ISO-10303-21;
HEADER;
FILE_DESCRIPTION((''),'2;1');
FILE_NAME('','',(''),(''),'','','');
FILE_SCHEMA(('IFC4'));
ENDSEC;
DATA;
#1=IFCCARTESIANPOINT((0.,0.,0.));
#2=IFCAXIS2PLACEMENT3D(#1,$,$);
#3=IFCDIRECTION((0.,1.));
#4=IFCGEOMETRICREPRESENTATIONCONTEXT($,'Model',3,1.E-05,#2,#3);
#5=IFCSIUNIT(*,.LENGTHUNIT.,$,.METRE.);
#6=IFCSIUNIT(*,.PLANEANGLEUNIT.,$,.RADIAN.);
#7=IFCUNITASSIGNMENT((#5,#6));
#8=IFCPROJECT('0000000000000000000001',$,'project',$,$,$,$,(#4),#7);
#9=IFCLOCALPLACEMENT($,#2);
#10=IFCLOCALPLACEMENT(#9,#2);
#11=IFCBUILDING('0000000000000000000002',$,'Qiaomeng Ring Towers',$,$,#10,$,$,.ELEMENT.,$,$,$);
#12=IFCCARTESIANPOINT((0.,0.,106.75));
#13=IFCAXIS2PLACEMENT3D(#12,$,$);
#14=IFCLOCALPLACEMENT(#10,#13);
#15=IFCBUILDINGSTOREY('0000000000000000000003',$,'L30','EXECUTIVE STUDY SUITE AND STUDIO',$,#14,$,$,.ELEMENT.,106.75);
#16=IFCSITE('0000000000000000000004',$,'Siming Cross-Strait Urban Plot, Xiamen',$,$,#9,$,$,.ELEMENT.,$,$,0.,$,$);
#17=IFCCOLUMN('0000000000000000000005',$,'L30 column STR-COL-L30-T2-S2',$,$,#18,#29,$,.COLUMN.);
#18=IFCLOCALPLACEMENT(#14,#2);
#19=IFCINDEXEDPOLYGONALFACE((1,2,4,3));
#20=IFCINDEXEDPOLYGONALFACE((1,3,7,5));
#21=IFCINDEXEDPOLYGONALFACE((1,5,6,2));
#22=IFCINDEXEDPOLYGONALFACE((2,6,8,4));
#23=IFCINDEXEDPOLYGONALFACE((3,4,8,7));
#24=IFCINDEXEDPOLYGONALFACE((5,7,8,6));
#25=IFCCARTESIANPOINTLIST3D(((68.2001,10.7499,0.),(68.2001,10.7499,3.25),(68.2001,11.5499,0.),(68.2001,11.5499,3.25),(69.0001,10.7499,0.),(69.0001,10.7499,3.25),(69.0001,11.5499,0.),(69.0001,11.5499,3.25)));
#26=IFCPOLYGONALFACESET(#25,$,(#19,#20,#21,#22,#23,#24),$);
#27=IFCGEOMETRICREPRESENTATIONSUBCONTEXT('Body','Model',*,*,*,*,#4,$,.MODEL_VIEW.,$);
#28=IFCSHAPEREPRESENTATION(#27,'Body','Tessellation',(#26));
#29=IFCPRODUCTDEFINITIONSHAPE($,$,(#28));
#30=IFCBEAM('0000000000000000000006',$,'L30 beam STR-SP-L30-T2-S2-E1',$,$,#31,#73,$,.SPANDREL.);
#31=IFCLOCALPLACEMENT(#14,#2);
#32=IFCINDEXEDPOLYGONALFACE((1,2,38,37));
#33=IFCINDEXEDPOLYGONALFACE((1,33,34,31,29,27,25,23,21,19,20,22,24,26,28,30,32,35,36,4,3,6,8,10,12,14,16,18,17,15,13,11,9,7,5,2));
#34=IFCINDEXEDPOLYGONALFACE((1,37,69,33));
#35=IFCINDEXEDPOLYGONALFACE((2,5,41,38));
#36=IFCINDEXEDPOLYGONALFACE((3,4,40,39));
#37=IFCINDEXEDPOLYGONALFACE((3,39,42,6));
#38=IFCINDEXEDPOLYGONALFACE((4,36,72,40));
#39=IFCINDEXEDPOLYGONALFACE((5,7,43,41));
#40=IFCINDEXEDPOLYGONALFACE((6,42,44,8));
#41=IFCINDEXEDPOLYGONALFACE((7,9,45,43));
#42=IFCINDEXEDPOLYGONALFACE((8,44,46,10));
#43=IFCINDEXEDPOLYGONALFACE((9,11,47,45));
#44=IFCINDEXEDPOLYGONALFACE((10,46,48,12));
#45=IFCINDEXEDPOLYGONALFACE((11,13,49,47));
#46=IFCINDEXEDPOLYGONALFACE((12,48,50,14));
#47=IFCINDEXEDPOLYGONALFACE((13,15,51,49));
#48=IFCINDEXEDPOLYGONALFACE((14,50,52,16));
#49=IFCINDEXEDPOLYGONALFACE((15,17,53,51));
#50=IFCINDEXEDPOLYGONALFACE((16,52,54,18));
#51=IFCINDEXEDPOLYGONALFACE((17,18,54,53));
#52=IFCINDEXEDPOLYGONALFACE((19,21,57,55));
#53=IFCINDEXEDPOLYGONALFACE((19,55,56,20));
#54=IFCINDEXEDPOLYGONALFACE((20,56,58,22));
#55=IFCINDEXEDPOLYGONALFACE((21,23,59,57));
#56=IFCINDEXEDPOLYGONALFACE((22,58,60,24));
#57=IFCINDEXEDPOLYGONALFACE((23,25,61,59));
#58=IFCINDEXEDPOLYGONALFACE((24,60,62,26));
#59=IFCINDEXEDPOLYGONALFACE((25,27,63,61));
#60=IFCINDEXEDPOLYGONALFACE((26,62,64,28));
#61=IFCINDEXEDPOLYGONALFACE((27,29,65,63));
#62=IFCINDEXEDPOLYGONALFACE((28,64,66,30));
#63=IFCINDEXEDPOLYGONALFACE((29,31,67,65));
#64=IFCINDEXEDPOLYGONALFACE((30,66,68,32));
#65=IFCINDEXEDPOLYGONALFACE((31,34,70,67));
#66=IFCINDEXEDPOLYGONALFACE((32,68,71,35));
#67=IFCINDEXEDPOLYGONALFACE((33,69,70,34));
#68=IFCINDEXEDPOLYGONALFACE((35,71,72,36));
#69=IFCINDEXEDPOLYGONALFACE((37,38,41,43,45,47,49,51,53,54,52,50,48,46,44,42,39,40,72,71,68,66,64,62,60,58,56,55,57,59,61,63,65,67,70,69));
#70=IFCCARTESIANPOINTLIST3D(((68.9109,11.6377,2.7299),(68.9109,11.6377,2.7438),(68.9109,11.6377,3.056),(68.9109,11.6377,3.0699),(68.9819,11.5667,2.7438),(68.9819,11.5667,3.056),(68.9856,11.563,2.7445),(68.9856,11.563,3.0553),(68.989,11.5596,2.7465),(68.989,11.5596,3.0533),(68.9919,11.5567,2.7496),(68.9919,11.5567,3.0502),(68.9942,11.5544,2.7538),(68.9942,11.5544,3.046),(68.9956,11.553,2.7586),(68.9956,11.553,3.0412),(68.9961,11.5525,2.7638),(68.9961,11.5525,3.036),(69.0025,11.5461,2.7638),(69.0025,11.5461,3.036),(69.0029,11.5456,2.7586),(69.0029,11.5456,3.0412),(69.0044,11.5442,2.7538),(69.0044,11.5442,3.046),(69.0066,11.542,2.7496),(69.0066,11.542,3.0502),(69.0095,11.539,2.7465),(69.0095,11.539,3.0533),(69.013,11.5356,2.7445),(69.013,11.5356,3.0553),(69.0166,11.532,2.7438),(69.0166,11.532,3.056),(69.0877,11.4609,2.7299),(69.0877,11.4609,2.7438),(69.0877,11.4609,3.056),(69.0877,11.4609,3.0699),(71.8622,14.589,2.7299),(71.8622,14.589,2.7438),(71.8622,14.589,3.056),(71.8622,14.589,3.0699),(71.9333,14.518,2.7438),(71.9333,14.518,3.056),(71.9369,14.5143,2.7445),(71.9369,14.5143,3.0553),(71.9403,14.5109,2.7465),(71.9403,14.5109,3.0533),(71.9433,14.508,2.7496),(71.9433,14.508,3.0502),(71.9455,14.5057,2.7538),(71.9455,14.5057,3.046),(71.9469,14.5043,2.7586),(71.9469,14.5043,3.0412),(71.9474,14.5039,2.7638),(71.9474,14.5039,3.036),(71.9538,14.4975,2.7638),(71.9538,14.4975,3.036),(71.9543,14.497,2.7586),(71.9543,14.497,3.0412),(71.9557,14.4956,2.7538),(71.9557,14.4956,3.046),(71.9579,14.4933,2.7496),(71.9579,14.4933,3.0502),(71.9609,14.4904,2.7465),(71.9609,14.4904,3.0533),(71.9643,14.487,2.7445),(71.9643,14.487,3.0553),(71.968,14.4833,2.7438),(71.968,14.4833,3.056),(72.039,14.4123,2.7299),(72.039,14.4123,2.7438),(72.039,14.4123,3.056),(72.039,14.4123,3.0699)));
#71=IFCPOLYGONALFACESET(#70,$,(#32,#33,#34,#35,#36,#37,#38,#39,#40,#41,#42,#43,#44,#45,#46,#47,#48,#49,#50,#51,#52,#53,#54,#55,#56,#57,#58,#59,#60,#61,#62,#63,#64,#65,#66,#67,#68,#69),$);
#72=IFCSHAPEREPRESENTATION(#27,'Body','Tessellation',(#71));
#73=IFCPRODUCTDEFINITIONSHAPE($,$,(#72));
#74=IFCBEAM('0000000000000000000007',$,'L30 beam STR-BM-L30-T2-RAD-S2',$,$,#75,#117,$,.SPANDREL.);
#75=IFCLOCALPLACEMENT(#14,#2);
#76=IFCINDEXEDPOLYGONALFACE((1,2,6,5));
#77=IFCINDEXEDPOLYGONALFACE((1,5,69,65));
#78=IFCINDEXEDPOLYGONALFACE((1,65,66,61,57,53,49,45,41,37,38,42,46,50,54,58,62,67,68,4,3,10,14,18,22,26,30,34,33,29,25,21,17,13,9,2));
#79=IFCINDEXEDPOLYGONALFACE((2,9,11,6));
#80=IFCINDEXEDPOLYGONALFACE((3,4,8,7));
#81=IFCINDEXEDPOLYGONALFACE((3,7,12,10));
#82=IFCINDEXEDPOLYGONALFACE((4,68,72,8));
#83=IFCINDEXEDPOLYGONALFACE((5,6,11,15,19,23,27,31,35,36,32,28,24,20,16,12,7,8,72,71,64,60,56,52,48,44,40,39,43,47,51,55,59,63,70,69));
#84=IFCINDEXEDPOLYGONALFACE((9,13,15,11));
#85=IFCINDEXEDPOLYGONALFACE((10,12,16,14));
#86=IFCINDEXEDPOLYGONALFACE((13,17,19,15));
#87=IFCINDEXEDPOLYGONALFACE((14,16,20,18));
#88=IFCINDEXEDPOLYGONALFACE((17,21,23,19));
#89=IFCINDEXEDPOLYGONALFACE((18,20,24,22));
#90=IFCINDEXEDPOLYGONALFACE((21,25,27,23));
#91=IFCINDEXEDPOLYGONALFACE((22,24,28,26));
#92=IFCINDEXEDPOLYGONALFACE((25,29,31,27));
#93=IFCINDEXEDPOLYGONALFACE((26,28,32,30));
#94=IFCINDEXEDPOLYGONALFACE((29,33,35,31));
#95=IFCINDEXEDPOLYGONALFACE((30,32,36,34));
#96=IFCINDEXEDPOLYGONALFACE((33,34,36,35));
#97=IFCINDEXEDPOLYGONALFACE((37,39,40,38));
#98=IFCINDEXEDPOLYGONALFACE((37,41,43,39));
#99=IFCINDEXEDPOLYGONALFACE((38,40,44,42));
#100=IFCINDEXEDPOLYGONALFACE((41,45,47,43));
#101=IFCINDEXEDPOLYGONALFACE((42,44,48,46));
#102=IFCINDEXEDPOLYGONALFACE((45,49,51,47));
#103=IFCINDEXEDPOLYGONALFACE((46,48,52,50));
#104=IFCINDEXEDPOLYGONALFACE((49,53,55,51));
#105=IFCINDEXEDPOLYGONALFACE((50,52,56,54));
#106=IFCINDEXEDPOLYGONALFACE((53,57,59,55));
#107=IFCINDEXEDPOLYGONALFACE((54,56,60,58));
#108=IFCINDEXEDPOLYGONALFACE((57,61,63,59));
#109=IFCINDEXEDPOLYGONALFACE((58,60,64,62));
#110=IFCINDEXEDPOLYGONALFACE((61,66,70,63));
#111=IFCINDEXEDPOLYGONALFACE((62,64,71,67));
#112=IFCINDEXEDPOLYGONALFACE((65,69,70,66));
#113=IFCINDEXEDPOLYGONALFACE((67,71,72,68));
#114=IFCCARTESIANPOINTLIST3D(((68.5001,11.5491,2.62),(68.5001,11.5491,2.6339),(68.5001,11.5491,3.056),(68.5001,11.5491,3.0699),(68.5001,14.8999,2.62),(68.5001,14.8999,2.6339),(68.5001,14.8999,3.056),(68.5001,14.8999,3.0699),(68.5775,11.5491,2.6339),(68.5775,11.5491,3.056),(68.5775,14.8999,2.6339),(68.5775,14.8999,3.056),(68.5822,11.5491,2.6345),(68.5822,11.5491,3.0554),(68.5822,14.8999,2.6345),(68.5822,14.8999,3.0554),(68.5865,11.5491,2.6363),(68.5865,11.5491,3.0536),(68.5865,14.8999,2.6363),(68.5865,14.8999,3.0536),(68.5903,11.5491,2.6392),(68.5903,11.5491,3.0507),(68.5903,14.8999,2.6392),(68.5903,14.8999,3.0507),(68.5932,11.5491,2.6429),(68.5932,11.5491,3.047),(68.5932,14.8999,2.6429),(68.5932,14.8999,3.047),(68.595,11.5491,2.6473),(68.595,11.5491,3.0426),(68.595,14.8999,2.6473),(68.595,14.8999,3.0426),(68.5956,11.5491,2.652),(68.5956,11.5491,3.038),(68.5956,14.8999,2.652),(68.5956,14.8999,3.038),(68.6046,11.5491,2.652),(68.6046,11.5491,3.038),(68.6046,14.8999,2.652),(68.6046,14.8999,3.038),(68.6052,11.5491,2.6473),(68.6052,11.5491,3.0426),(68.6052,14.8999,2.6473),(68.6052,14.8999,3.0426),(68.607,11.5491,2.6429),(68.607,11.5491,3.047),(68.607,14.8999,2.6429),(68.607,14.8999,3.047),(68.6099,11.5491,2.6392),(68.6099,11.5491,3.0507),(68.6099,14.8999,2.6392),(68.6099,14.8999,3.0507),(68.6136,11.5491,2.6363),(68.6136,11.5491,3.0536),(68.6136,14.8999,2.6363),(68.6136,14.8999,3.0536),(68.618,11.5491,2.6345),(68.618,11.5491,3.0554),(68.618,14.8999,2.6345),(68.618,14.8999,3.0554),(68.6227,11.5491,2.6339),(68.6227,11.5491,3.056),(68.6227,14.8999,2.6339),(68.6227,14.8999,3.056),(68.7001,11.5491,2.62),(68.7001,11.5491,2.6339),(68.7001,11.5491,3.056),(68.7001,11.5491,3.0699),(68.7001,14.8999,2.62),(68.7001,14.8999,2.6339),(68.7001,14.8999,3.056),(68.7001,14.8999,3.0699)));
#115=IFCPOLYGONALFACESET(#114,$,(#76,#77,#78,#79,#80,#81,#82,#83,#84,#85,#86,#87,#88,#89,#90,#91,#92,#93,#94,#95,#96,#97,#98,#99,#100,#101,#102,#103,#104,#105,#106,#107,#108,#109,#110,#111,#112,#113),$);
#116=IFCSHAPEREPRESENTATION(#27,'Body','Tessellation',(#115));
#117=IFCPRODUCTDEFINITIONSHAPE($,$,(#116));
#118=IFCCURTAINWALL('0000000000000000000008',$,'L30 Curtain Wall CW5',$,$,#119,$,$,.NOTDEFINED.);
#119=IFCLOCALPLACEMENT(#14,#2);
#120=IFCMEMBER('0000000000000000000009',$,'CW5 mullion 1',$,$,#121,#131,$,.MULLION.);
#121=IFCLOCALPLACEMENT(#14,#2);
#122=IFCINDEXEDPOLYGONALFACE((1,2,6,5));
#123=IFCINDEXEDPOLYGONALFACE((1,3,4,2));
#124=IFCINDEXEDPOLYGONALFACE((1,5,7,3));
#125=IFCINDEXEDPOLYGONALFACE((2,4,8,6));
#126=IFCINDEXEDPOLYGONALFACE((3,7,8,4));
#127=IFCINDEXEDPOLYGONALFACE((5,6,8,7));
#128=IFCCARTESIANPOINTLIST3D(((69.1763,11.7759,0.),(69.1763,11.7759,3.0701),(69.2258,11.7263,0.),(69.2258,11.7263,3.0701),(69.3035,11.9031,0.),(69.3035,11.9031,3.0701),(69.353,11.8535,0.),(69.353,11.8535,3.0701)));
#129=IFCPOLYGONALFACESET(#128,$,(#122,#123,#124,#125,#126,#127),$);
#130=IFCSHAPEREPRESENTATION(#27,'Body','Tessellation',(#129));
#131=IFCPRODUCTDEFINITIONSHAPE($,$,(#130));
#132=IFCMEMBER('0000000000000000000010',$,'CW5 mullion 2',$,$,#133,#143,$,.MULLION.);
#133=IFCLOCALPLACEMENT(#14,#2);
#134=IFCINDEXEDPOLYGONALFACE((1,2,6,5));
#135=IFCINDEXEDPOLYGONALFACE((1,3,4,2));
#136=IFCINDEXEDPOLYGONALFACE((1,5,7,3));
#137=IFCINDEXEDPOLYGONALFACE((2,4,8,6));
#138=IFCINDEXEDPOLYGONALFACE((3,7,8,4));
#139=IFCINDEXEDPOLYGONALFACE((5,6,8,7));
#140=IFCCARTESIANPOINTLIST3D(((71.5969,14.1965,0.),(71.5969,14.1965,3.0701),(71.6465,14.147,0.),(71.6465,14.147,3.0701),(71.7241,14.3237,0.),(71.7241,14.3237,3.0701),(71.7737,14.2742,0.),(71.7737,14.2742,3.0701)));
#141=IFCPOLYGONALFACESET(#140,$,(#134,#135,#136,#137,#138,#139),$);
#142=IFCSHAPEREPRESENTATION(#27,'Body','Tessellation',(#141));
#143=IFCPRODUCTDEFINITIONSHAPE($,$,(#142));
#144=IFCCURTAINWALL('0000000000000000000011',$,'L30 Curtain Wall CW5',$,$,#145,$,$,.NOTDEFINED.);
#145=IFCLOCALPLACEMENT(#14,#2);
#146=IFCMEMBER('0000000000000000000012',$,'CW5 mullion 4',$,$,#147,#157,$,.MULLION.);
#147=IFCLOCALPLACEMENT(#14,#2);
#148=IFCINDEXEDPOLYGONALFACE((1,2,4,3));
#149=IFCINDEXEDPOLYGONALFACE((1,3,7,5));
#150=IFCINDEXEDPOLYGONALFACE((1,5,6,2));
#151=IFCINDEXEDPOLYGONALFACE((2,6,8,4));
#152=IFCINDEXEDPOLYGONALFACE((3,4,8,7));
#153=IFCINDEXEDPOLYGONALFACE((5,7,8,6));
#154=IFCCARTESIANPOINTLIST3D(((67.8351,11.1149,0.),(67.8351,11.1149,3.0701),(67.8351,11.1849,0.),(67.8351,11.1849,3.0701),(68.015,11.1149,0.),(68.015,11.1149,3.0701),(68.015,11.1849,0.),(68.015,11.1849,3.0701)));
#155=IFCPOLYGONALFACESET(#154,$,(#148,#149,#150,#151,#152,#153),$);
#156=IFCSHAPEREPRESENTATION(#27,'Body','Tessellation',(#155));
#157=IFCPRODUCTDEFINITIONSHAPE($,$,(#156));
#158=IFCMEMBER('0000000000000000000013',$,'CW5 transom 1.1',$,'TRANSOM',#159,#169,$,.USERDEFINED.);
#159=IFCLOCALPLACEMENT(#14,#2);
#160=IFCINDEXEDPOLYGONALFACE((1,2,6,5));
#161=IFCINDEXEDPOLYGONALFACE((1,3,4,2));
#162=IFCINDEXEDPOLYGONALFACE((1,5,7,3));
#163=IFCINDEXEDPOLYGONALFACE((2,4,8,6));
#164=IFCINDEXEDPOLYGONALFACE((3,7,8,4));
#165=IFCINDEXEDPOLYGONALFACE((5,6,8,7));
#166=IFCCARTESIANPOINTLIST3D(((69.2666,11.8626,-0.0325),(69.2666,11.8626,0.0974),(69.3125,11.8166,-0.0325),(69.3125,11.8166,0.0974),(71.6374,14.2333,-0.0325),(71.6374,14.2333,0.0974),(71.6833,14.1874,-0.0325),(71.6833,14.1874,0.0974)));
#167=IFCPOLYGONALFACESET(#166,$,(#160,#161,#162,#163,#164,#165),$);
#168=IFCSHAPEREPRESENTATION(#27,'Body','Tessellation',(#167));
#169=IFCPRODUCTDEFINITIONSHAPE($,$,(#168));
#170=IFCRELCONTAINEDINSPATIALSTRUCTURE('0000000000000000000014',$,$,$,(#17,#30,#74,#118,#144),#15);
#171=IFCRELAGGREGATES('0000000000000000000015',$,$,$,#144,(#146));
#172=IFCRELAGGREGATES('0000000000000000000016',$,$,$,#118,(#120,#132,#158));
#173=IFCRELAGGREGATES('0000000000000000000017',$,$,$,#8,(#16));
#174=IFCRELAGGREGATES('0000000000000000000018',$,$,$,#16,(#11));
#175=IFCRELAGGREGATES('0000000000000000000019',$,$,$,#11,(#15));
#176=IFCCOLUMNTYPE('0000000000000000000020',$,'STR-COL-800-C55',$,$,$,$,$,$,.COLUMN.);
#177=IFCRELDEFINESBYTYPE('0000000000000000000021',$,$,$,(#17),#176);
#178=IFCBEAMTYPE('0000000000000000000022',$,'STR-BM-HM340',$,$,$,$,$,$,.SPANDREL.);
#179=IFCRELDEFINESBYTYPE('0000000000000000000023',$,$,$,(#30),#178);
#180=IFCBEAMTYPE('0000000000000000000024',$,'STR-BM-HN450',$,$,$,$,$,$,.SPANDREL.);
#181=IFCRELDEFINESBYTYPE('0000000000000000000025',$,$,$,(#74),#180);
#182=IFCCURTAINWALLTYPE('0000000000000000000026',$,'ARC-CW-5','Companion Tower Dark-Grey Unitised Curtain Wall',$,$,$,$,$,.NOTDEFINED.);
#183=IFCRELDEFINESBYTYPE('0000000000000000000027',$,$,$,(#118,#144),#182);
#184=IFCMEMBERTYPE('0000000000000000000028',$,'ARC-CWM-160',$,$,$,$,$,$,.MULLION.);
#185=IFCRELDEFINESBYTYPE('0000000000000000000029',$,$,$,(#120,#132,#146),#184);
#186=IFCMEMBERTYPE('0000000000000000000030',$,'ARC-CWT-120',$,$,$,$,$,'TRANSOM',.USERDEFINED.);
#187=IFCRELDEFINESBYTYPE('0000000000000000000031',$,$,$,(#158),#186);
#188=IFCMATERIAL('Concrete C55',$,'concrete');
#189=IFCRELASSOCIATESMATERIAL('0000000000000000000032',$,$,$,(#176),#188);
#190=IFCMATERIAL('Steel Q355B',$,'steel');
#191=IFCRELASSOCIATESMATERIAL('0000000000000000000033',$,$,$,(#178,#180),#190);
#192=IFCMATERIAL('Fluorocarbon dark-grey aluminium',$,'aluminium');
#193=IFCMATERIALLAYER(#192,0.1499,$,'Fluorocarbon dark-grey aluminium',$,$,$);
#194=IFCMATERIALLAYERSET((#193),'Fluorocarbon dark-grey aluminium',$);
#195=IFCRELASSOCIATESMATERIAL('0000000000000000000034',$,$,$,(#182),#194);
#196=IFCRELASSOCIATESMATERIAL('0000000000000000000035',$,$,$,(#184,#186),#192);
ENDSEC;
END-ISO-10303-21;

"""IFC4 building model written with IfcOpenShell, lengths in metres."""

from ifc_helpers import new_model, si_unit, direction, frame, origin, origin_2d, place, context, subcontext, project, spatial, rectangle, i_section, extrude, source, transform, mapped, material, layer, layer_set, material_profile, profile_set, type_object, element, aggregate, save


model = new_model("IFC4")

# Units and contexts
model_context = context("Model", 3, precision=1e-05, world=origin(), true_north=direction((0.0, 1.0)))
body_context = subcontext(model_context, "Body", "Model", "MODEL_VIEW")
ifc_project = project(units=[si_unit("LENGTHUNIT", "METRE"), si_unit("PLANEANGLEUNIT", "RADIAN")], contexts=[model_context])

# Site, building, storey
site_placement = place(None, origin())
site = spatial("IfcSite", under=ifc_project, at=site_placement, Name="Siming Cross-Strait Urban Plot, Xiamen", CompositionType="ELEMENT", RefElevation=0.0)
building_placement = place(site_placement, origin())
building = spatial("IfcBuilding", under=site, at=building_placement, Name="Qiaomeng Ring Towers", CompositionType="ELEMENT")
storey_placement = place(building_placement, frame((0.0, 0.0, 106.75)))
storey = spatial("IfcBuildingStorey", under=building, at=storey_placement, Name="L30", Description="EXECUTIVE STUDY SUITE AND STUDIO", CompositionType="ELEMENT", Elevation=106.75)

# Column
ifc_material_1 = material(Name="Concrete C55", Category="concrete")
ifc_material_profile_1 = material_profile(ifc_material_1, rectangle(XDim=0.8, YDim=0.8, at=origin_2d()), Name="RC COL 800x800")
ifc_profile_set_1 = profile_set([ifc_material_profile_1], Name="Concrete C55")
column_type = type_object("IfcColumnType", Name="STR-COL-800-C55", PredefinedType="COLUMN", material=ifc_profile_set_1)
shared_shape_1 = source(origin(), body_context, "Body", "SweptSolid", [
    extrude(rectangle(XDim=0.8, YDim=0.8, at=origin_2d()), origin(), (0.0, 0.0, 1.0), 3.25),
])
column_placement = place(storey_placement, frame((68.6001, 11.1499, 0.0), z_axis=(0.0, 0.0, 1.0), x_axis=(1.0, 0.0, 0.0)))
element("IfcColumn", 1, at=column_placement, inside=storey, type_object=column_type, Name="L30 column STR-COL-L30-T2-S2", PredefinedType="COLUMN", context=body_context, shape_type="MappedRepresentation", body=[
    mapped(shared_shape_1, transform((0.0, 0.0, 0.0), x_axis=(1.0, 0.0, 0.0), y_axis=(0.0, 1.0, 0.0), z_axis=(0.0, 0.0, 1.0), scale=1.0)),
])

# Beams
ifc_material_2 = material(Name="Steel Q355B", Category="steel")
ifc_material_profile_2 = material_profile(ifc_material_2, i_section(OverallWidth=0.25, OverallDepth=0.3401, WebThickness=0.009, FlangeThickness=0.0139, FilletRadius=0.02, at=origin_2d()), Name="HM 340x250x9x14")
ifc_profile_set_2 = profile_set([ifc_material_profile_2], Name="Steel Q355B")
beam_type_1 = type_object("IfcBeamType", Name="STR-BM-HM340", PredefinedType="SPANDREL", material=ifc_profile_set_2)
shared_shape_2 = source(origin(), body_context, "Body", "SweptSolid", [
    extrude(i_section(OverallWidth=0.25, OverallDepth=0.3401, WebThickness=0.009, FlangeThickness=0.0139, FilletRadius=0.02, at=origin_2d()), origin(), (0.0, 0.0, 1.0), 4.1738),
])
beam_1_placement = place(storey_placement, frame((68.9993, 11.5493, 2.8999), z_axis=(0.707107, 0.707107, 0.0), x_axis=(-0.707107, 0.707107, 0.0)))
element("IfcBeam", 2, at=beam_1_placement, inside=storey, type_object=beam_type_1, Name="L30 beam STR-SP-L30-T2-S2-E1", PredefinedType="SPANDREL", context=body_context, shape_type="MappedRepresentation", body=[
    mapped(shared_shape_2, transform((0.0, 0.0, 0.0), x_axis=(1.0, 0.0, 0.0), y_axis=(0.0, 1.0, 0.0), z_axis=(0.0, 0.0, 1.0), scale=1.0)),
])
ifc_material_profile_3 = material_profile(ifc_material_2, i_section(OverallWidth=0.2, OverallDepth=0.45, WebThickness=0.009, FlangeThickness=0.0139, FilletRadius=0.0181, at=origin_2d()), Name="HN 450x200x9x14")
ifc_profile_set_3 = profile_set([ifc_material_profile_3], Name="Steel Q355B")
beam_type_2 = type_object("IfcBeamType", Name="STR-BM-HN450", PredefinedType="SPANDREL", material=ifc_profile_set_3)
shared_shape_3 = source(origin(), body_context, "Body", "SweptSolid", [
    extrude(i_section(OverallWidth=0.2, OverallDepth=0.45, WebThickness=0.009, FlangeThickness=0.0139, FilletRadius=0.0181, at=origin_2d()), origin(), (0.0, 0.0, 1.0), 3.3508),
])
beam_2_placement = place(storey_placement, frame((68.6001, 11.5491, 2.845), z_axis=(0.0, 1.0, 0.0), x_axis=(-1.0, 0.0, 0.0)))
element("IfcBeam", 3, at=beam_2_placement, inside=storey, type_object=beam_type_2, Name="L30 beam STR-BM-L30-T2-RAD-S2", PredefinedType="SPANDREL", context=body_context, shape_type="MappedRepresentation", body=[
    mapped(shared_shape_3, transform((0.0, 0.0, 0.0), x_axis=(1.0, 0.0, 0.0), y_axis=(0.0, 1.0, 0.0), z_axis=(0.0, 0.0, 1.0), scale=1.0)),
])

# Curtain wall, members
ifc_material_3 = material(Name="Fluorocarbon dark-grey aluminium", Category="aluminium")
ifc_layer_1 = layer(ifc_material_3, 0.1499, Name="Fluorocarbon dark-grey aluminium")
ifc_layer_set_1 = layer_set([ifc_layer_1], Name="Fluorocarbon dark-grey aluminium")
curtain_wall_type = type_object("IfcCurtainWallType", Name="ARC-CW-5", Description="Companion Tower Dark-Grey Unitised Curtain Wall", PredefinedType="NOTDEFINED", material=ifc_layer_set_1)
curtain_wall_1_placement = place(storey_placement, origin())
curtain_wall_1 = element("IfcCurtainWall", 4, at=curtain_wall_1_placement, inside=storey, type_object=curtain_wall_type, Name="L30 Curtain Wall CW5", PredefinedType="NOTDEFINED")
ifc_material_profile_4 = material_profile(ifc_material_3, rectangle(XDim=0.0701, YDim=0.1799, at=origin_2d()), Name="ALU MULL 70x180")
ifc_profile_set_4 = profile_set([ifc_material_profile_4], Name="Fluorocarbon dark-grey aluminium")
member_type_1 = type_object("IfcMemberType", Name="ARC-CWM-160", PredefinedType="MULLION", material=ifc_profile_set_4)
shared_shape_4 = source(origin(), body_context, "Body", "SweptSolid", [
    extrude(rectangle(XDim=0.0701, YDim=0.1799, at=origin_2d()), origin(), (0.0, 0.0, 1.0), 3.0701),
])
member_1_placement = place(storey_placement, frame((69.2646, 11.8147, 0.0), z_axis=(0.0, 0.0, 1.0), x_axis=(-0.707107, 0.707107, 0.0)))
member_1 = element("IfcMember", 5, at=member_1_placement, type_object=member_type_1, Name="CW5 mullion 1", PredefinedType="MULLION", context=body_context, shape_type="MappedRepresentation", body=[
    mapped(shared_shape_4, transform((0.0, 0.0, 0.0), x_axis=(1.0, 0.0, 0.0), y_axis=(0.0, 1.0, 0.0), z_axis=(0.0, 0.0, 1.0), scale=1.0)),
])
member_2_placement = place(storey_placement, frame((71.6853, 14.2354, 0.0), z_axis=(0.0, 0.0, 1.0), x_axis=(-0.707107, 0.707107, 0.0)))
member_2 = element("IfcMember", 6, at=member_2_placement, type_object=member_type_1, Name="CW5 mullion 2", PredefinedType="MULLION", context=body_context, shape_type="MappedRepresentation", body=[
    mapped(shared_shape_4, transform((0.0, 0.0, 0.0), x_axis=(1.0, 0.0, 0.0), y_axis=(0.0, 1.0, 0.0), z_axis=(0.0, 0.0, 1.0), scale=1.0)),
])

# Curtain wall, member
curtain_wall_2_placement = place(storey_placement, origin())
curtain_wall_2 = element("IfcCurtainWall", 7, at=curtain_wall_2_placement, inside=storey, type_object=curtain_wall_type, Name="L30 Curtain Wall CW5", PredefinedType="NOTDEFINED")
member_3_placement = place(storey_placement, frame((67.925, 11.1499, 0.0), z_axis=(0.0, 0.0, 1.0), x_axis=(0.0, 1.0, 0.0)))
member_3 = element("IfcMember", 8, at=member_3_placement, type_object=member_type_1, Name="CW5 mullion 4", PredefinedType="MULLION", context=body_context, shape_type="MappedRepresentation", body=[
    mapped(shared_shape_4, transform((0.0, 0.0, 0.0), x_axis=(1.0, 0.0, 0.0), y_axis=(0.0, 1.0, 0.0), z_axis=(0.0, 0.0, 1.0), scale=1.0)),
])
aggregate(curtain_wall_2, [member_3])

# Member
ifc_material_profile_5 = material_profile(ifc_material_3, rectangle(XDim=0.0649, YDim=0.1299, at=origin_2d()), Name="ALU TRAN 65x130")
ifc_profile_set_5 = profile_set([ifc_material_profile_5], Name="Fluorocarbon dark-grey aluminium")
member_type_2 = type_object("IfcMemberType", Name="ARC-CWT-120", ElementType="TRANSOM", PredefinedType="USERDEFINED", material=ifc_profile_set_5)
shared_shape_5 = source(origin(), body_context, "Body", "SweptSolid", [
    extrude(rectangle(XDim=0.0649, YDim=0.1299, at=origin_2d()), origin(), (0.0, 0.0, 1.0), 3.3528),
])
member_4_placement = place(storey_placement, frame((69.2896, 11.8396, 0.0325), z_axis=(0.707107, 0.707107, 0.0), x_axis=(-0.707107, 0.707107, 0.0)))
member_4 = element("IfcMember", 9, at=member_4_placement, type_object=member_type_2, Name="CW5 transom 1.1", ObjectType="TRANSOM", PredefinedType="USERDEFINED", context=body_context, shape_type="MappedRepresentation", body=[
    mapped(shared_shape_5, transform((0.0, 0.0, 0.0), x_axis=(1.0, 0.0, 0.0), y_axis=(0.0, 1.0, 0.0), z_axis=(0.0, 0.0, 1.0), scale=1.0)),
])

aggregate(curtain_wall_1, [member_1, member_2, member_4])

save(model, "model.ifc")
